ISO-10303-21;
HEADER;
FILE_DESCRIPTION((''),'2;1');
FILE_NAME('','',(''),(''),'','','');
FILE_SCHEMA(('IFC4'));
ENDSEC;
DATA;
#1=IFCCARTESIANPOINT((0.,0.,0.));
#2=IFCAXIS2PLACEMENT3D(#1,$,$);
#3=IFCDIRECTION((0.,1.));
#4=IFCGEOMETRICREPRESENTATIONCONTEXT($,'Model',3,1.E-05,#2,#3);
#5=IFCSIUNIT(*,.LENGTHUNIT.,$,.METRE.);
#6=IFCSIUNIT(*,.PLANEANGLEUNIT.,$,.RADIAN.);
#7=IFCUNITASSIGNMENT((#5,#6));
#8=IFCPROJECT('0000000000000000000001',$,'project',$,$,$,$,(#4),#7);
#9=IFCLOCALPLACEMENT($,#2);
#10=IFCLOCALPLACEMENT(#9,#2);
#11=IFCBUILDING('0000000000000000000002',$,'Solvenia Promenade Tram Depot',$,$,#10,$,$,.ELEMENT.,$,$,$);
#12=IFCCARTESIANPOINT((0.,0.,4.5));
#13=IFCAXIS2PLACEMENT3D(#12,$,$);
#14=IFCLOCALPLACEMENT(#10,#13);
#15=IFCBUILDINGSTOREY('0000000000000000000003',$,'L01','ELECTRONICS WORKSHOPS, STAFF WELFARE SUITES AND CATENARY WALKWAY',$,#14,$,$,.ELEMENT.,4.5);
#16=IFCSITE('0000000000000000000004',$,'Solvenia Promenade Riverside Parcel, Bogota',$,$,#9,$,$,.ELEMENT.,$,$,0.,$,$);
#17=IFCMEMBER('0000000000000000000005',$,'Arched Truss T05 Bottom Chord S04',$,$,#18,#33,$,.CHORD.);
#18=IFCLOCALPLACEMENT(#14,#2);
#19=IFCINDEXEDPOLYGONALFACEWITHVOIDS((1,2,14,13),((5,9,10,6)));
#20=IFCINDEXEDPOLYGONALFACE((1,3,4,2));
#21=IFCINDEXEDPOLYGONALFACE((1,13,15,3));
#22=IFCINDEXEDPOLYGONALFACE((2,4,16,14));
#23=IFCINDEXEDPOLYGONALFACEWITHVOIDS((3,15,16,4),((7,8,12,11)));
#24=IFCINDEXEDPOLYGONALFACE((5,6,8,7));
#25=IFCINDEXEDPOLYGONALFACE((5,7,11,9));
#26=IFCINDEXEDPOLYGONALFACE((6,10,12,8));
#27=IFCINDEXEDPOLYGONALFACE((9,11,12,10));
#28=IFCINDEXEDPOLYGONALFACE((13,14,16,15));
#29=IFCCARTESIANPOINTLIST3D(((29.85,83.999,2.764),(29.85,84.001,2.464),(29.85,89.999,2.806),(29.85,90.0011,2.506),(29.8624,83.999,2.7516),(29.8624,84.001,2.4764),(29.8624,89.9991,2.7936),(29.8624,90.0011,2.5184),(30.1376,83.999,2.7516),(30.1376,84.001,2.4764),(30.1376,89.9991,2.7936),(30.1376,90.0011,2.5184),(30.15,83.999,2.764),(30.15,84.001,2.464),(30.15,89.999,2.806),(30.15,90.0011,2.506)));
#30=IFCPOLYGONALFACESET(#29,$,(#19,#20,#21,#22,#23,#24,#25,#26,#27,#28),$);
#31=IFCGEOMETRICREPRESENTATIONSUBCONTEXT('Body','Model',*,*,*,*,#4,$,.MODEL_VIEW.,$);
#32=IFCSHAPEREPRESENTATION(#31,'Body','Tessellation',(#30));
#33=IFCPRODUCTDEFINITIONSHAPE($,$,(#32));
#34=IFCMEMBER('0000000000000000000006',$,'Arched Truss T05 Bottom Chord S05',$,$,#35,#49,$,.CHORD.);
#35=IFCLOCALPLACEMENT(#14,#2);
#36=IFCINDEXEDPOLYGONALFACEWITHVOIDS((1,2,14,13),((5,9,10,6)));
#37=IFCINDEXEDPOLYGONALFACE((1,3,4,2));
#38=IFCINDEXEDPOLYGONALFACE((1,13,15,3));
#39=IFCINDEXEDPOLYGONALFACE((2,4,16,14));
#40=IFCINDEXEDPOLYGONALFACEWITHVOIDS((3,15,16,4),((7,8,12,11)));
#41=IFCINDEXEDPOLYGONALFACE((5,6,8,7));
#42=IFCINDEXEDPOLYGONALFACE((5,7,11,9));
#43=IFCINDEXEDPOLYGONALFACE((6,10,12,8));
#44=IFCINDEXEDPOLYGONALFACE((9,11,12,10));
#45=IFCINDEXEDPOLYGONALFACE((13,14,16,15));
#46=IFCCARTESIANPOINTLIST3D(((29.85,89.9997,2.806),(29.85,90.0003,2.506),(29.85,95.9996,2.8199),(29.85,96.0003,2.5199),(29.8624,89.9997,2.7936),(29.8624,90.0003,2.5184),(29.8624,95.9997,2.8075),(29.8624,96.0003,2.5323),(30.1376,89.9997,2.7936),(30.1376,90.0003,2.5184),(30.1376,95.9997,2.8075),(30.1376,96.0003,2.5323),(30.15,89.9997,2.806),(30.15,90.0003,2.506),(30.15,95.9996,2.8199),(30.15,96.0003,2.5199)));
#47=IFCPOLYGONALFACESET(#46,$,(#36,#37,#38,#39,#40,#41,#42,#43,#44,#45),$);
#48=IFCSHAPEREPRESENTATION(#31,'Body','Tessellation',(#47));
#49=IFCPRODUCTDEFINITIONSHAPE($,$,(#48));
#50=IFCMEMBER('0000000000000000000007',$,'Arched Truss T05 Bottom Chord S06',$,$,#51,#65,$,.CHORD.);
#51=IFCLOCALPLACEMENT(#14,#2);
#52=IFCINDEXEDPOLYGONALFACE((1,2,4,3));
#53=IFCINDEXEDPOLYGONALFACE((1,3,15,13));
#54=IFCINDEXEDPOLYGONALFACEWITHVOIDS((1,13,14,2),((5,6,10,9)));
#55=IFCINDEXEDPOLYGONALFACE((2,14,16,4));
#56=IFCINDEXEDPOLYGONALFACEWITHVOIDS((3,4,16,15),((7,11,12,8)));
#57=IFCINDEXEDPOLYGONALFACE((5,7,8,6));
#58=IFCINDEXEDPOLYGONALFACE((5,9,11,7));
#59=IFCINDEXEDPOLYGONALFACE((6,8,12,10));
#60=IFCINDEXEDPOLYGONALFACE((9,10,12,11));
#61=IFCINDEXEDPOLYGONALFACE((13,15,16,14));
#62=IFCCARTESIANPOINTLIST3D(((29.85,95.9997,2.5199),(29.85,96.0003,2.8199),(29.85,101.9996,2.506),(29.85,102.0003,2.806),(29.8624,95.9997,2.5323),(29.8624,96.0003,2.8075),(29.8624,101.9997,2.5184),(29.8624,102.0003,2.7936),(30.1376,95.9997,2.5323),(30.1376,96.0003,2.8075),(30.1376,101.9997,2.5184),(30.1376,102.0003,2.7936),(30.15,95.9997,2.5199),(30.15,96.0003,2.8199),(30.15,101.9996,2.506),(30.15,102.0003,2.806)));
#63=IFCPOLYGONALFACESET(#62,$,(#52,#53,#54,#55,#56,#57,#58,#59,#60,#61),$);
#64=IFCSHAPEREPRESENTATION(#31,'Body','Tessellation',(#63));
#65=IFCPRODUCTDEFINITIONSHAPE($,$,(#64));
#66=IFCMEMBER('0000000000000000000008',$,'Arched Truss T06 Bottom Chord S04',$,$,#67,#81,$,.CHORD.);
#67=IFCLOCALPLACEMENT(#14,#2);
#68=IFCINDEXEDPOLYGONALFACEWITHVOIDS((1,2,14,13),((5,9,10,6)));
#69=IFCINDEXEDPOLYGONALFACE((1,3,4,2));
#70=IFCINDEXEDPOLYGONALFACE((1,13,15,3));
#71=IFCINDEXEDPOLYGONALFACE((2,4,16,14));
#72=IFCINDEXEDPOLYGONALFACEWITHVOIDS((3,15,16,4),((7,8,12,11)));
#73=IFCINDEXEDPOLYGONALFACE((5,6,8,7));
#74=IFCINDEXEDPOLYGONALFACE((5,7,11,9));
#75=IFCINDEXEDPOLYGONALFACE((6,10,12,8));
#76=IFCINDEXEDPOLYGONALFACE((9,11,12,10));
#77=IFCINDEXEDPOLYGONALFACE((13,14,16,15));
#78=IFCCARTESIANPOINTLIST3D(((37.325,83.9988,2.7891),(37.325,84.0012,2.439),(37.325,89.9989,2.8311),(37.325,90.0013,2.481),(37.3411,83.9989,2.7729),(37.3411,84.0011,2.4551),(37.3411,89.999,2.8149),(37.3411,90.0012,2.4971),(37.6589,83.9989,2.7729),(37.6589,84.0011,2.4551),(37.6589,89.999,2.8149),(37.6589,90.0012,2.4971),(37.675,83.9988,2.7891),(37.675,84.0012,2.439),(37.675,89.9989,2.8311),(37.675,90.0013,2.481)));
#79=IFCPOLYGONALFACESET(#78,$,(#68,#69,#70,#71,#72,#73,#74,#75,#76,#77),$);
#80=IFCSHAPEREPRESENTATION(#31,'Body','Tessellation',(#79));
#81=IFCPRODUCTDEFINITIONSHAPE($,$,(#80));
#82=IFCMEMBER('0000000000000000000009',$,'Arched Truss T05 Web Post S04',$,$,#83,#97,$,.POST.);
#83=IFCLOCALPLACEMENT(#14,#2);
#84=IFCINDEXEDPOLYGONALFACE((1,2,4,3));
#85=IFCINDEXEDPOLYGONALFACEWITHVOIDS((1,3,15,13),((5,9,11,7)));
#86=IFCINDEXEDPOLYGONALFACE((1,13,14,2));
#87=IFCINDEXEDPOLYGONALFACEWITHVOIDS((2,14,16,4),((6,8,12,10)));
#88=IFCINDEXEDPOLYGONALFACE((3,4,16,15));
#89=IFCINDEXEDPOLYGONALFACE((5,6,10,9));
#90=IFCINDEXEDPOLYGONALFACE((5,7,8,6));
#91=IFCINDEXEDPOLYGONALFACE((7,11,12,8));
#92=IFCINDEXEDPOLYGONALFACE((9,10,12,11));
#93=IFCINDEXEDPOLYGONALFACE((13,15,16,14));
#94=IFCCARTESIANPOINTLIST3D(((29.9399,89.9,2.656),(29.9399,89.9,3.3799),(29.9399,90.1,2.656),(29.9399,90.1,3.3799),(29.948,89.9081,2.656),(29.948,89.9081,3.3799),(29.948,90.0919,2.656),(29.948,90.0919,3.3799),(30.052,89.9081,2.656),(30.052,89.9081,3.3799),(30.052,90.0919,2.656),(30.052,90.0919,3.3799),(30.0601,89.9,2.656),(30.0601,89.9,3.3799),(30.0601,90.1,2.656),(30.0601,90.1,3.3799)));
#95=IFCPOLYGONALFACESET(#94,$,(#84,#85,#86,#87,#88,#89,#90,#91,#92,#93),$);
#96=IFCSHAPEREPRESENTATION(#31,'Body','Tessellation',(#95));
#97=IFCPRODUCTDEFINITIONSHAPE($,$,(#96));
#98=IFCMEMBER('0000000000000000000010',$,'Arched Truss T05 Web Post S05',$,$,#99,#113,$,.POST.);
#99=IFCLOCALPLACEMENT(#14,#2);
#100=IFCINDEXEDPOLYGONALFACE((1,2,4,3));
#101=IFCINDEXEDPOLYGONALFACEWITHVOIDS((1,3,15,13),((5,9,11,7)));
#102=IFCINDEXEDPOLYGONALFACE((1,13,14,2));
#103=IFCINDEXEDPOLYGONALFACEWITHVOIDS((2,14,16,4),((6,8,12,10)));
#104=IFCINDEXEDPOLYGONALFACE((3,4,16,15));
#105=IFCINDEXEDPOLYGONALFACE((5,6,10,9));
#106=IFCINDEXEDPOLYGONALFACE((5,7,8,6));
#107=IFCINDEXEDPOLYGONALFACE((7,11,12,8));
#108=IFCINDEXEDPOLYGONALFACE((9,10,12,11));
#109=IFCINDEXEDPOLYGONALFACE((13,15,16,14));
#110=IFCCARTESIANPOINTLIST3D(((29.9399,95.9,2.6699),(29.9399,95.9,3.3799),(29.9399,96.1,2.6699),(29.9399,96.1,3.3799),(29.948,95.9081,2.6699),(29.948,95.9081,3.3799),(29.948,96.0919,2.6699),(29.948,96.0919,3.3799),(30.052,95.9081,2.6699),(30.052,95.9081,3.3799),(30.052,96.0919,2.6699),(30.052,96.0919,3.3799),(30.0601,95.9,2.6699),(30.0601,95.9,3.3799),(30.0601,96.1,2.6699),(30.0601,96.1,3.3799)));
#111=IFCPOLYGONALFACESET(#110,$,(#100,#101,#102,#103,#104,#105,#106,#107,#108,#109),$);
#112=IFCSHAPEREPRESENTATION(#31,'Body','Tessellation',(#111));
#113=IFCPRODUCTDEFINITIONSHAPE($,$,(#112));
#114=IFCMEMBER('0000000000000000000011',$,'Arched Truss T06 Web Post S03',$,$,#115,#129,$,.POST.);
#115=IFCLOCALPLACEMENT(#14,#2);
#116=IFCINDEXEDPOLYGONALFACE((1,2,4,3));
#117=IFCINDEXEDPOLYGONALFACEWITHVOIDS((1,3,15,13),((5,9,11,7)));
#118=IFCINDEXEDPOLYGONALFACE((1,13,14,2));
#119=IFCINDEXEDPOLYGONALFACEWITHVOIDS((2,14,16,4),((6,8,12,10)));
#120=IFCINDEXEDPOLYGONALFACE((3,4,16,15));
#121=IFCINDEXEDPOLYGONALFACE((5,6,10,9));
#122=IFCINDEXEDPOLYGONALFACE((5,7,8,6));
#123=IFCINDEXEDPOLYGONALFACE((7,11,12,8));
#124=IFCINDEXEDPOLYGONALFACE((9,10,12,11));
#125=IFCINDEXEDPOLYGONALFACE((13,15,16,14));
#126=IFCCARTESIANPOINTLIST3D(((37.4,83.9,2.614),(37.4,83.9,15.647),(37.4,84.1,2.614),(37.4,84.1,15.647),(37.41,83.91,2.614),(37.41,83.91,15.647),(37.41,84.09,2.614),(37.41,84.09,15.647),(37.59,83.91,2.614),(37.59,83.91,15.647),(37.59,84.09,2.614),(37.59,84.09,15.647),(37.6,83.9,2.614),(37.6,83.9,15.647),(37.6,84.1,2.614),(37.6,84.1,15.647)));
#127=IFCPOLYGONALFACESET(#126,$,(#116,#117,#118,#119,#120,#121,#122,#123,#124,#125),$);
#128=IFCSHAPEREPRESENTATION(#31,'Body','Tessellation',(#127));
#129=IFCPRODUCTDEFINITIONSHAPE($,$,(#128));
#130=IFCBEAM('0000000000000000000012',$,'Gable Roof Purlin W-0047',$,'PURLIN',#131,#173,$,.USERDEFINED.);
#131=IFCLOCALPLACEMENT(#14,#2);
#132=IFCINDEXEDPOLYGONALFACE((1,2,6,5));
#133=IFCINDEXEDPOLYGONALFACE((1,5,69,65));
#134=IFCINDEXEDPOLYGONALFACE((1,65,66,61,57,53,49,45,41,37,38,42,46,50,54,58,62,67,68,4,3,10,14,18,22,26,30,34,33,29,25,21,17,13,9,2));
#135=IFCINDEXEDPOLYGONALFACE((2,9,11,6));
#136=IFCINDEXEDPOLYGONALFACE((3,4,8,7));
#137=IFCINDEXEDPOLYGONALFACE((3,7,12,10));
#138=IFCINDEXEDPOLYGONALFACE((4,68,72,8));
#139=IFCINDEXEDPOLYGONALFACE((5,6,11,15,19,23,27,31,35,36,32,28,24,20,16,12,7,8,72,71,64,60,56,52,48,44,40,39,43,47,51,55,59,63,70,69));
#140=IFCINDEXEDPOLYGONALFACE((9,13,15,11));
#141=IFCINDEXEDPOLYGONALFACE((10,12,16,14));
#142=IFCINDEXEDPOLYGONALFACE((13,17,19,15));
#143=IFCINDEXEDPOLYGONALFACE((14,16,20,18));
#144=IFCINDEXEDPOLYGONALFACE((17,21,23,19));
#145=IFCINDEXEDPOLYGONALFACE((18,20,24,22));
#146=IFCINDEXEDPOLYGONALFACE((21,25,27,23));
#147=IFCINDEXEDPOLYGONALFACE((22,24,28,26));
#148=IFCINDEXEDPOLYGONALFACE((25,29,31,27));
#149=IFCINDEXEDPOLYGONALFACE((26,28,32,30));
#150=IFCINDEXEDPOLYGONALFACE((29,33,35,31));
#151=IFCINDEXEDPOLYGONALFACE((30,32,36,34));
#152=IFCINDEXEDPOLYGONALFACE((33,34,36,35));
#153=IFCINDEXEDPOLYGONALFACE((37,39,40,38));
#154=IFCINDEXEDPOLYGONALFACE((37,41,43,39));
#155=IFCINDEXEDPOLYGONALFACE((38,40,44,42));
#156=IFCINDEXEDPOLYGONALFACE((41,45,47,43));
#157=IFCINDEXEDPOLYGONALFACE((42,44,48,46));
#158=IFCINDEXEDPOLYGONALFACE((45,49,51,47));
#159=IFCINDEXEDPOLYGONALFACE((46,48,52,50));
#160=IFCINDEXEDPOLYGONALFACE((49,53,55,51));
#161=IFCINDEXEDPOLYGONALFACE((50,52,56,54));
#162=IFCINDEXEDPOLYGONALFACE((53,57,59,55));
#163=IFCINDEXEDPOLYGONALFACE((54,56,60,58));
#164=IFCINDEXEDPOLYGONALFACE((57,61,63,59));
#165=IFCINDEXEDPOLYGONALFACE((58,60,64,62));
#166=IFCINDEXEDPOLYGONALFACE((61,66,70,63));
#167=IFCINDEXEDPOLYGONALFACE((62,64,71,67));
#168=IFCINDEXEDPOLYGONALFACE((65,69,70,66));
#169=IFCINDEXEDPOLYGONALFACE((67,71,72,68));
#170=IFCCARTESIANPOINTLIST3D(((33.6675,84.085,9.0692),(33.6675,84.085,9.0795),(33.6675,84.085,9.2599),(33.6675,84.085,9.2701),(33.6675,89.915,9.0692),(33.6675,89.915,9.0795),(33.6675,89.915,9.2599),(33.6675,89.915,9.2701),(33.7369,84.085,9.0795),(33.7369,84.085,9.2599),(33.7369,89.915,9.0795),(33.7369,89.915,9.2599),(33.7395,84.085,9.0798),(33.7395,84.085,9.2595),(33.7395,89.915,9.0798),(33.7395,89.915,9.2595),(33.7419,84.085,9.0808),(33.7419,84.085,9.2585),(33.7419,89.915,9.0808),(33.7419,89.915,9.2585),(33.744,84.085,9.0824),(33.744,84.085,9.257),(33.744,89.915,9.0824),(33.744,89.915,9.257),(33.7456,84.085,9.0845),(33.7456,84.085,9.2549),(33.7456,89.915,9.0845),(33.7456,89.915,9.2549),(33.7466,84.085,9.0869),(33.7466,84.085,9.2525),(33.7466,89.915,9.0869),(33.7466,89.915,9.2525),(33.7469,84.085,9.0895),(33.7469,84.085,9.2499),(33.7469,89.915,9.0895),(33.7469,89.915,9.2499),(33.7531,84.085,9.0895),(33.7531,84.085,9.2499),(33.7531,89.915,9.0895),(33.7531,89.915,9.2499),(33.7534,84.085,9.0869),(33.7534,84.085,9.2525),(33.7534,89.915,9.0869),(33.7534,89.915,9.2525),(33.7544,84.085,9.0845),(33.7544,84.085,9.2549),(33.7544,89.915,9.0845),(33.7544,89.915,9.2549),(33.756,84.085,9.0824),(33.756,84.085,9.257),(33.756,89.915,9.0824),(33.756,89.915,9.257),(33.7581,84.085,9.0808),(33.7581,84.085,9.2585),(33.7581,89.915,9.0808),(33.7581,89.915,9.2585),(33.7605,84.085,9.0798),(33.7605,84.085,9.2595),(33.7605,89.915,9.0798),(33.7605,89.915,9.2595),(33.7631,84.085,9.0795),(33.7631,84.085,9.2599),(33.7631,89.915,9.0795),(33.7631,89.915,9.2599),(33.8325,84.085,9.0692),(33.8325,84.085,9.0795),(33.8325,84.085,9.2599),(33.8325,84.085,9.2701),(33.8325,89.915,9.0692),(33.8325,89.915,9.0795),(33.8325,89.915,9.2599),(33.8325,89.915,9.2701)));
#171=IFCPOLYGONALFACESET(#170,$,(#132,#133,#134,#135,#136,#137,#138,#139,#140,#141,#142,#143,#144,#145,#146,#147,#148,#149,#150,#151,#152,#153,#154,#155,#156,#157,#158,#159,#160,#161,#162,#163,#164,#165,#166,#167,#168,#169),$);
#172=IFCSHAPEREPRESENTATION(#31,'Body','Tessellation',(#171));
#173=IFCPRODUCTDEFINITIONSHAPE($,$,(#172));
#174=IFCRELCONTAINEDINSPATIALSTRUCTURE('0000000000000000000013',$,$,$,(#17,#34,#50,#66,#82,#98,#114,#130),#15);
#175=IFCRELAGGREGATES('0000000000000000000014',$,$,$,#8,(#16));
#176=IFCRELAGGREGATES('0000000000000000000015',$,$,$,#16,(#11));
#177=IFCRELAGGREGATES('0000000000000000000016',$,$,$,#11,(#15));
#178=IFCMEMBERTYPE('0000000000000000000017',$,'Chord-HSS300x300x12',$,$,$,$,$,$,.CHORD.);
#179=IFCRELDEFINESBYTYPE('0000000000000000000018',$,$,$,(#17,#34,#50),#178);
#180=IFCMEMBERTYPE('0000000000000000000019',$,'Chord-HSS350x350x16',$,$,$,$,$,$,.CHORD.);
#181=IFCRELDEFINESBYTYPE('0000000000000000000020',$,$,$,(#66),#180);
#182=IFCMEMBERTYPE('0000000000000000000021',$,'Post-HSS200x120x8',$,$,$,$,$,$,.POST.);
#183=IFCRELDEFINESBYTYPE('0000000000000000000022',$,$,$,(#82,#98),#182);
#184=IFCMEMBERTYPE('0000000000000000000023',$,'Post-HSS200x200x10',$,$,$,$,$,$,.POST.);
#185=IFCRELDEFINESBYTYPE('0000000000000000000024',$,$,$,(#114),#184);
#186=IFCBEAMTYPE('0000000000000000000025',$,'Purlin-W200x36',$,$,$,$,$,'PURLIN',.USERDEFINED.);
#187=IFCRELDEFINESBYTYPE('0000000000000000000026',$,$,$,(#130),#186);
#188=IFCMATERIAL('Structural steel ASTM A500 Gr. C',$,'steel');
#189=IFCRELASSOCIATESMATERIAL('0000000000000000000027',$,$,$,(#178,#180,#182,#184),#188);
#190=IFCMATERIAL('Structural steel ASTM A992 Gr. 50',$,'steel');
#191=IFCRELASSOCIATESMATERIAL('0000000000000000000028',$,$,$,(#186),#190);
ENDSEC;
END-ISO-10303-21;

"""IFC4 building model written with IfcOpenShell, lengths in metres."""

from ifc_helpers import new_model, si_unit, direction, frame, origin, origin_2d, place, context, subcontext, project, spatial, hollow_rectangle, i_section, extrude, material, material_profile, profile_set, type_object, element, save


model = new_model("IFC4")

# Units and contexts
model_context = context("Model", 3, precision=1e-05, world=origin(), true_north=direction((0.0, 1.0)))
body_context = subcontext(model_context, "Body", "Model", "MODEL_VIEW")
ifc_project = project(units=[si_unit("LENGTHUNIT", "METRE"), si_unit("PLANEANGLEUNIT", "RADIAN")], contexts=[model_context])

# Site, building, storey
site_placement = place(None, origin())
site = spatial("IfcSite", under=ifc_project, at=site_placement, Name="Solvenia Promenade Riverside Parcel, Bogota", CompositionType="ELEMENT", RefElevation=0.0)
building_placement = place(site_placement, origin())
building = spatial("IfcBuilding", under=site, at=building_placement, Name="Solvenia Promenade Tram Depot", CompositionType="ELEMENT")
storey_placement = place(building_placement, frame((0.0, 0.0, 4.5)))
storey = spatial("IfcBuildingStorey", under=building, at=storey_placement, Name="L01", Description="ELECTRONICS WORKSHOPS, STAFF WELFARE SUITES AND CATENARY WALKWAY", CompositionType="ELEMENT", Elevation=4.5)

# Members
ifc_material_1 = material(Name="Structural steel ASTM A500 Gr. C", Category="steel")
ifc_material_profile_1 = material_profile(ifc_material_1, hollow_rectangle(XDim=0.3, YDim=0.3, WallThickness=0.0125, at=origin_2d()), Name="HSS300x300x12.5", Category="steel")
ifc_profile_set_1 = profile_set([ifc_material_profile_1], Name="Structural steel ASTM A500 Gr. C")
member_type_1 = type_object("IfcMemberType", Name="Chord-HSS300x300x12", PredefinedType="CHORD", material=ifc_profile_set_1)
member_1_placement = place(storey_placement, frame((30.0, 84.0, 2.614), z_axis=(0.0, 0.999976, 0.006999), x_axis=(-1.0, 0.0, 0.0)))
element("IfcMember", 1, at=member_1_placement, inside=storey, type_object=member_type_1, Name="Arched Truss T05 Bottom Chord S04", PredefinedType="CHORD", context=body_context, shape_type="SweptSolid", body=[
    extrude(hollow_rectangle(XDim=0.3, YDim=0.3, WallThickness=0.0125, at=origin_2d()), origin(), (0.0, 0.0, 1.0), 6.0002),
])
for number, where, z_axis, x_axis, name in (
    (2, (30.0, 90.0, 2.656), (0.0, 0.999997, 0.002319), (-1.0, 0.0, 0.0), "Arched Truss T05 Bottom Chord S05"),
    (3, (30.0, 96.0, 2.6699), (0.0, 0.999997, -0.002319), (-1.0, 0.0, 0.0), "Arched Truss T05 Bottom Chord S06"),
):
    element("IfcMember", number, at=place(storey_placement, frame(where, z_axis=z_axis, x_axis=x_axis)), inside=storey, type_object=member_type_1, Name=name, PredefinedType="CHORD", context=body_context, shape_type="SweptSolid", body=[
        extrude(hollow_rectangle(XDim=0.3, YDim=0.3, WallThickness=0.0125, at=origin_2d()), origin(), (0.0, 0.0, 1.0), 6.0),
    ])
ifc_material_profile_2 = material_profile(ifc_material_1, hollow_rectangle(XDim=0.3501, YDim=0.3501, WallThickness=0.0161, at=origin_2d()), Name="HSS350x350x16", Category="steel")
ifc_profile_set_2 = profile_set([ifc_material_profile_2], Name="Structural steel ASTM A500 Gr. C")
member_type_2 = type_object("IfcMemberType", Name="Chord-HSS350x350x16", PredefinedType="CHORD", material=ifc_profile_set_2)
member_2_placement = place(storey_placement, frame((37.5, 84.0, 2.614), z_axis=(0.0, 0.999976, 0.006999), x_axis=(-1.0, 0.0, 0.0)))
element("IfcMember", 4, at=member_2_placement, inside=storey, type_object=member_type_2, Name="Arched Truss T06 Bottom Chord S04", PredefinedType="CHORD", context=body_context, shape_type="SweptSolid", body=[
    extrude(hollow_rectangle(XDim=0.3501, YDim=0.3501, WallThickness=0.0161, at=origin_2d()), origin(), (0.0, 0.0, 1.0), 6.0002),
])
ifc_material_profile_3 = material_profile(ifc_material_1, hollow_rectangle(XDim=0.1201, YDim=0.2, WallThickness=0.0081, at=origin_2d()), Name="HSS200x120x8", Category="steel")
ifc_profile_set_3 = profile_set([ifc_material_profile_3], Name="Structural steel ASTM A500 Gr. C")
member_type_3 = type_object("IfcMemberType", Name="Post-HSS200x120x8", PredefinedType="POST", material=ifc_profile_set_3)
member_3_placement = place(storey_placement, frame((30.0, 90.0, 2.656), z_axis=(0.0, 0.0, 1.0), x_axis=(1.0, 0.0, 0.0)))
element("IfcMember", 5, at=member_3_placement, inside=storey, type_object=member_type_3, Name="Arched Truss T05 Web Post S04", PredefinedType="POST", context=body_context, shape_type="SweptSolid", body=[
    extrude(hollow_rectangle(XDim=0.1201, YDim=0.2, WallThickness=0.0081, at=origin_2d()), origin(), (0.0, 0.0, 1.0), 0.7239),
])
member_4_placement = place(storey_placement, frame((30.0, 96.0, 2.6699), z_axis=(0.0, 0.0, 1.0), x_axis=(1.0, 0.0, 0.0)))
element("IfcMember", 6, at=member_4_placement, inside=storey, type_object=member_type_3, Name="Arched Truss T05 Web Post S05", PredefinedType="POST", context=body_context, shape_type="SweptSolid", body=[
    extrude(hollow_rectangle(XDim=0.1201, YDim=0.2, WallThickness=0.0081, at=origin_2d()), origin(), (0.0, 0.0, 1.0), 0.71),
])
ifc_material_profile_4 = material_profile(ifc_material_1, hollow_rectangle(XDim=0.2, YDim=0.2, WallThickness=0.01, at=origin_2d()), Name="HSS200x200x10", Category="steel")
ifc_profile_set_4 = profile_set([ifc_material_profile_4], Name="Structural steel ASTM A500 Gr. C")
member_type_4 = type_object("IfcMemberType", Name="Post-HSS200x200x10", PredefinedType="POST", material=ifc_profile_set_4)
member_5_placement = place(storey_placement, frame((37.5, 84.0, 2.614), z_axis=(0.0, 0.0, 1.0), x_axis=(1.0, 0.0, 0.0)))
element("IfcMember", 7, at=member_5_placement, inside=storey, type_object=member_type_4, Name="Arched Truss T06 Web Post S03", PredefinedType="POST", context=body_context, shape_type="SweptSolid", body=[
    extrude(hollow_rectangle(XDim=0.2, YDim=0.2, WallThickness=0.01, at=origin_2d()), origin(), (0.0, 0.0, 1.0), 13.033),
])

# Beam
ifc_material_2 = material(Name="Structural steel ASTM A992 Gr. 50", Category="steel")
ifc_material_profile_5 = material_profile(ifc_material_2, i_section(OverallWidth=0.165, OverallDepth=0.2009, WebThickness=0.0061, FlangeThickness=0.0103, FilletRadius=0.01, at=origin_2d()), Name="W200x36", Category="steel")
ifc_profile_set_5 = profile_set([ifc_material_profile_5], Name="Structural steel ASTM A992 Gr. 50")
beam_type = type_object("IfcBeamType", Name="Purlin-W200x36", ElementType="PURLIN", PredefinedType="USERDEFINED", material=ifc_profile_set_5)
for number, where, z_axis, x_axis, name in (
    (8, (33.75, 84.085, 9.1697), (0.0, 1.0, 0.0), (-1.0, 0.0, 0.0), "Gable Roof Purlin W-0047"),
):
    element("IfcBeam", number, at=place(storey_placement, frame(where, z_axis=z_axis, x_axis=x_axis)), inside=storey, type_object=beam_type, Name=name, ObjectType="PURLIN", PredefinedType="USERDEFINED", context=body_context, shape_type="SweptSolid", body=[
        extrude(i_section(OverallWidth=0.165, OverallDepth=0.2009, WebThickness=0.0061, FlangeThickness=0.0103, FilletRadius=0.01, at=origin_2d()), origin(), (0.0, 0.0, 1.0), 5.8301),
    ])

save(model, "model.ifc")
